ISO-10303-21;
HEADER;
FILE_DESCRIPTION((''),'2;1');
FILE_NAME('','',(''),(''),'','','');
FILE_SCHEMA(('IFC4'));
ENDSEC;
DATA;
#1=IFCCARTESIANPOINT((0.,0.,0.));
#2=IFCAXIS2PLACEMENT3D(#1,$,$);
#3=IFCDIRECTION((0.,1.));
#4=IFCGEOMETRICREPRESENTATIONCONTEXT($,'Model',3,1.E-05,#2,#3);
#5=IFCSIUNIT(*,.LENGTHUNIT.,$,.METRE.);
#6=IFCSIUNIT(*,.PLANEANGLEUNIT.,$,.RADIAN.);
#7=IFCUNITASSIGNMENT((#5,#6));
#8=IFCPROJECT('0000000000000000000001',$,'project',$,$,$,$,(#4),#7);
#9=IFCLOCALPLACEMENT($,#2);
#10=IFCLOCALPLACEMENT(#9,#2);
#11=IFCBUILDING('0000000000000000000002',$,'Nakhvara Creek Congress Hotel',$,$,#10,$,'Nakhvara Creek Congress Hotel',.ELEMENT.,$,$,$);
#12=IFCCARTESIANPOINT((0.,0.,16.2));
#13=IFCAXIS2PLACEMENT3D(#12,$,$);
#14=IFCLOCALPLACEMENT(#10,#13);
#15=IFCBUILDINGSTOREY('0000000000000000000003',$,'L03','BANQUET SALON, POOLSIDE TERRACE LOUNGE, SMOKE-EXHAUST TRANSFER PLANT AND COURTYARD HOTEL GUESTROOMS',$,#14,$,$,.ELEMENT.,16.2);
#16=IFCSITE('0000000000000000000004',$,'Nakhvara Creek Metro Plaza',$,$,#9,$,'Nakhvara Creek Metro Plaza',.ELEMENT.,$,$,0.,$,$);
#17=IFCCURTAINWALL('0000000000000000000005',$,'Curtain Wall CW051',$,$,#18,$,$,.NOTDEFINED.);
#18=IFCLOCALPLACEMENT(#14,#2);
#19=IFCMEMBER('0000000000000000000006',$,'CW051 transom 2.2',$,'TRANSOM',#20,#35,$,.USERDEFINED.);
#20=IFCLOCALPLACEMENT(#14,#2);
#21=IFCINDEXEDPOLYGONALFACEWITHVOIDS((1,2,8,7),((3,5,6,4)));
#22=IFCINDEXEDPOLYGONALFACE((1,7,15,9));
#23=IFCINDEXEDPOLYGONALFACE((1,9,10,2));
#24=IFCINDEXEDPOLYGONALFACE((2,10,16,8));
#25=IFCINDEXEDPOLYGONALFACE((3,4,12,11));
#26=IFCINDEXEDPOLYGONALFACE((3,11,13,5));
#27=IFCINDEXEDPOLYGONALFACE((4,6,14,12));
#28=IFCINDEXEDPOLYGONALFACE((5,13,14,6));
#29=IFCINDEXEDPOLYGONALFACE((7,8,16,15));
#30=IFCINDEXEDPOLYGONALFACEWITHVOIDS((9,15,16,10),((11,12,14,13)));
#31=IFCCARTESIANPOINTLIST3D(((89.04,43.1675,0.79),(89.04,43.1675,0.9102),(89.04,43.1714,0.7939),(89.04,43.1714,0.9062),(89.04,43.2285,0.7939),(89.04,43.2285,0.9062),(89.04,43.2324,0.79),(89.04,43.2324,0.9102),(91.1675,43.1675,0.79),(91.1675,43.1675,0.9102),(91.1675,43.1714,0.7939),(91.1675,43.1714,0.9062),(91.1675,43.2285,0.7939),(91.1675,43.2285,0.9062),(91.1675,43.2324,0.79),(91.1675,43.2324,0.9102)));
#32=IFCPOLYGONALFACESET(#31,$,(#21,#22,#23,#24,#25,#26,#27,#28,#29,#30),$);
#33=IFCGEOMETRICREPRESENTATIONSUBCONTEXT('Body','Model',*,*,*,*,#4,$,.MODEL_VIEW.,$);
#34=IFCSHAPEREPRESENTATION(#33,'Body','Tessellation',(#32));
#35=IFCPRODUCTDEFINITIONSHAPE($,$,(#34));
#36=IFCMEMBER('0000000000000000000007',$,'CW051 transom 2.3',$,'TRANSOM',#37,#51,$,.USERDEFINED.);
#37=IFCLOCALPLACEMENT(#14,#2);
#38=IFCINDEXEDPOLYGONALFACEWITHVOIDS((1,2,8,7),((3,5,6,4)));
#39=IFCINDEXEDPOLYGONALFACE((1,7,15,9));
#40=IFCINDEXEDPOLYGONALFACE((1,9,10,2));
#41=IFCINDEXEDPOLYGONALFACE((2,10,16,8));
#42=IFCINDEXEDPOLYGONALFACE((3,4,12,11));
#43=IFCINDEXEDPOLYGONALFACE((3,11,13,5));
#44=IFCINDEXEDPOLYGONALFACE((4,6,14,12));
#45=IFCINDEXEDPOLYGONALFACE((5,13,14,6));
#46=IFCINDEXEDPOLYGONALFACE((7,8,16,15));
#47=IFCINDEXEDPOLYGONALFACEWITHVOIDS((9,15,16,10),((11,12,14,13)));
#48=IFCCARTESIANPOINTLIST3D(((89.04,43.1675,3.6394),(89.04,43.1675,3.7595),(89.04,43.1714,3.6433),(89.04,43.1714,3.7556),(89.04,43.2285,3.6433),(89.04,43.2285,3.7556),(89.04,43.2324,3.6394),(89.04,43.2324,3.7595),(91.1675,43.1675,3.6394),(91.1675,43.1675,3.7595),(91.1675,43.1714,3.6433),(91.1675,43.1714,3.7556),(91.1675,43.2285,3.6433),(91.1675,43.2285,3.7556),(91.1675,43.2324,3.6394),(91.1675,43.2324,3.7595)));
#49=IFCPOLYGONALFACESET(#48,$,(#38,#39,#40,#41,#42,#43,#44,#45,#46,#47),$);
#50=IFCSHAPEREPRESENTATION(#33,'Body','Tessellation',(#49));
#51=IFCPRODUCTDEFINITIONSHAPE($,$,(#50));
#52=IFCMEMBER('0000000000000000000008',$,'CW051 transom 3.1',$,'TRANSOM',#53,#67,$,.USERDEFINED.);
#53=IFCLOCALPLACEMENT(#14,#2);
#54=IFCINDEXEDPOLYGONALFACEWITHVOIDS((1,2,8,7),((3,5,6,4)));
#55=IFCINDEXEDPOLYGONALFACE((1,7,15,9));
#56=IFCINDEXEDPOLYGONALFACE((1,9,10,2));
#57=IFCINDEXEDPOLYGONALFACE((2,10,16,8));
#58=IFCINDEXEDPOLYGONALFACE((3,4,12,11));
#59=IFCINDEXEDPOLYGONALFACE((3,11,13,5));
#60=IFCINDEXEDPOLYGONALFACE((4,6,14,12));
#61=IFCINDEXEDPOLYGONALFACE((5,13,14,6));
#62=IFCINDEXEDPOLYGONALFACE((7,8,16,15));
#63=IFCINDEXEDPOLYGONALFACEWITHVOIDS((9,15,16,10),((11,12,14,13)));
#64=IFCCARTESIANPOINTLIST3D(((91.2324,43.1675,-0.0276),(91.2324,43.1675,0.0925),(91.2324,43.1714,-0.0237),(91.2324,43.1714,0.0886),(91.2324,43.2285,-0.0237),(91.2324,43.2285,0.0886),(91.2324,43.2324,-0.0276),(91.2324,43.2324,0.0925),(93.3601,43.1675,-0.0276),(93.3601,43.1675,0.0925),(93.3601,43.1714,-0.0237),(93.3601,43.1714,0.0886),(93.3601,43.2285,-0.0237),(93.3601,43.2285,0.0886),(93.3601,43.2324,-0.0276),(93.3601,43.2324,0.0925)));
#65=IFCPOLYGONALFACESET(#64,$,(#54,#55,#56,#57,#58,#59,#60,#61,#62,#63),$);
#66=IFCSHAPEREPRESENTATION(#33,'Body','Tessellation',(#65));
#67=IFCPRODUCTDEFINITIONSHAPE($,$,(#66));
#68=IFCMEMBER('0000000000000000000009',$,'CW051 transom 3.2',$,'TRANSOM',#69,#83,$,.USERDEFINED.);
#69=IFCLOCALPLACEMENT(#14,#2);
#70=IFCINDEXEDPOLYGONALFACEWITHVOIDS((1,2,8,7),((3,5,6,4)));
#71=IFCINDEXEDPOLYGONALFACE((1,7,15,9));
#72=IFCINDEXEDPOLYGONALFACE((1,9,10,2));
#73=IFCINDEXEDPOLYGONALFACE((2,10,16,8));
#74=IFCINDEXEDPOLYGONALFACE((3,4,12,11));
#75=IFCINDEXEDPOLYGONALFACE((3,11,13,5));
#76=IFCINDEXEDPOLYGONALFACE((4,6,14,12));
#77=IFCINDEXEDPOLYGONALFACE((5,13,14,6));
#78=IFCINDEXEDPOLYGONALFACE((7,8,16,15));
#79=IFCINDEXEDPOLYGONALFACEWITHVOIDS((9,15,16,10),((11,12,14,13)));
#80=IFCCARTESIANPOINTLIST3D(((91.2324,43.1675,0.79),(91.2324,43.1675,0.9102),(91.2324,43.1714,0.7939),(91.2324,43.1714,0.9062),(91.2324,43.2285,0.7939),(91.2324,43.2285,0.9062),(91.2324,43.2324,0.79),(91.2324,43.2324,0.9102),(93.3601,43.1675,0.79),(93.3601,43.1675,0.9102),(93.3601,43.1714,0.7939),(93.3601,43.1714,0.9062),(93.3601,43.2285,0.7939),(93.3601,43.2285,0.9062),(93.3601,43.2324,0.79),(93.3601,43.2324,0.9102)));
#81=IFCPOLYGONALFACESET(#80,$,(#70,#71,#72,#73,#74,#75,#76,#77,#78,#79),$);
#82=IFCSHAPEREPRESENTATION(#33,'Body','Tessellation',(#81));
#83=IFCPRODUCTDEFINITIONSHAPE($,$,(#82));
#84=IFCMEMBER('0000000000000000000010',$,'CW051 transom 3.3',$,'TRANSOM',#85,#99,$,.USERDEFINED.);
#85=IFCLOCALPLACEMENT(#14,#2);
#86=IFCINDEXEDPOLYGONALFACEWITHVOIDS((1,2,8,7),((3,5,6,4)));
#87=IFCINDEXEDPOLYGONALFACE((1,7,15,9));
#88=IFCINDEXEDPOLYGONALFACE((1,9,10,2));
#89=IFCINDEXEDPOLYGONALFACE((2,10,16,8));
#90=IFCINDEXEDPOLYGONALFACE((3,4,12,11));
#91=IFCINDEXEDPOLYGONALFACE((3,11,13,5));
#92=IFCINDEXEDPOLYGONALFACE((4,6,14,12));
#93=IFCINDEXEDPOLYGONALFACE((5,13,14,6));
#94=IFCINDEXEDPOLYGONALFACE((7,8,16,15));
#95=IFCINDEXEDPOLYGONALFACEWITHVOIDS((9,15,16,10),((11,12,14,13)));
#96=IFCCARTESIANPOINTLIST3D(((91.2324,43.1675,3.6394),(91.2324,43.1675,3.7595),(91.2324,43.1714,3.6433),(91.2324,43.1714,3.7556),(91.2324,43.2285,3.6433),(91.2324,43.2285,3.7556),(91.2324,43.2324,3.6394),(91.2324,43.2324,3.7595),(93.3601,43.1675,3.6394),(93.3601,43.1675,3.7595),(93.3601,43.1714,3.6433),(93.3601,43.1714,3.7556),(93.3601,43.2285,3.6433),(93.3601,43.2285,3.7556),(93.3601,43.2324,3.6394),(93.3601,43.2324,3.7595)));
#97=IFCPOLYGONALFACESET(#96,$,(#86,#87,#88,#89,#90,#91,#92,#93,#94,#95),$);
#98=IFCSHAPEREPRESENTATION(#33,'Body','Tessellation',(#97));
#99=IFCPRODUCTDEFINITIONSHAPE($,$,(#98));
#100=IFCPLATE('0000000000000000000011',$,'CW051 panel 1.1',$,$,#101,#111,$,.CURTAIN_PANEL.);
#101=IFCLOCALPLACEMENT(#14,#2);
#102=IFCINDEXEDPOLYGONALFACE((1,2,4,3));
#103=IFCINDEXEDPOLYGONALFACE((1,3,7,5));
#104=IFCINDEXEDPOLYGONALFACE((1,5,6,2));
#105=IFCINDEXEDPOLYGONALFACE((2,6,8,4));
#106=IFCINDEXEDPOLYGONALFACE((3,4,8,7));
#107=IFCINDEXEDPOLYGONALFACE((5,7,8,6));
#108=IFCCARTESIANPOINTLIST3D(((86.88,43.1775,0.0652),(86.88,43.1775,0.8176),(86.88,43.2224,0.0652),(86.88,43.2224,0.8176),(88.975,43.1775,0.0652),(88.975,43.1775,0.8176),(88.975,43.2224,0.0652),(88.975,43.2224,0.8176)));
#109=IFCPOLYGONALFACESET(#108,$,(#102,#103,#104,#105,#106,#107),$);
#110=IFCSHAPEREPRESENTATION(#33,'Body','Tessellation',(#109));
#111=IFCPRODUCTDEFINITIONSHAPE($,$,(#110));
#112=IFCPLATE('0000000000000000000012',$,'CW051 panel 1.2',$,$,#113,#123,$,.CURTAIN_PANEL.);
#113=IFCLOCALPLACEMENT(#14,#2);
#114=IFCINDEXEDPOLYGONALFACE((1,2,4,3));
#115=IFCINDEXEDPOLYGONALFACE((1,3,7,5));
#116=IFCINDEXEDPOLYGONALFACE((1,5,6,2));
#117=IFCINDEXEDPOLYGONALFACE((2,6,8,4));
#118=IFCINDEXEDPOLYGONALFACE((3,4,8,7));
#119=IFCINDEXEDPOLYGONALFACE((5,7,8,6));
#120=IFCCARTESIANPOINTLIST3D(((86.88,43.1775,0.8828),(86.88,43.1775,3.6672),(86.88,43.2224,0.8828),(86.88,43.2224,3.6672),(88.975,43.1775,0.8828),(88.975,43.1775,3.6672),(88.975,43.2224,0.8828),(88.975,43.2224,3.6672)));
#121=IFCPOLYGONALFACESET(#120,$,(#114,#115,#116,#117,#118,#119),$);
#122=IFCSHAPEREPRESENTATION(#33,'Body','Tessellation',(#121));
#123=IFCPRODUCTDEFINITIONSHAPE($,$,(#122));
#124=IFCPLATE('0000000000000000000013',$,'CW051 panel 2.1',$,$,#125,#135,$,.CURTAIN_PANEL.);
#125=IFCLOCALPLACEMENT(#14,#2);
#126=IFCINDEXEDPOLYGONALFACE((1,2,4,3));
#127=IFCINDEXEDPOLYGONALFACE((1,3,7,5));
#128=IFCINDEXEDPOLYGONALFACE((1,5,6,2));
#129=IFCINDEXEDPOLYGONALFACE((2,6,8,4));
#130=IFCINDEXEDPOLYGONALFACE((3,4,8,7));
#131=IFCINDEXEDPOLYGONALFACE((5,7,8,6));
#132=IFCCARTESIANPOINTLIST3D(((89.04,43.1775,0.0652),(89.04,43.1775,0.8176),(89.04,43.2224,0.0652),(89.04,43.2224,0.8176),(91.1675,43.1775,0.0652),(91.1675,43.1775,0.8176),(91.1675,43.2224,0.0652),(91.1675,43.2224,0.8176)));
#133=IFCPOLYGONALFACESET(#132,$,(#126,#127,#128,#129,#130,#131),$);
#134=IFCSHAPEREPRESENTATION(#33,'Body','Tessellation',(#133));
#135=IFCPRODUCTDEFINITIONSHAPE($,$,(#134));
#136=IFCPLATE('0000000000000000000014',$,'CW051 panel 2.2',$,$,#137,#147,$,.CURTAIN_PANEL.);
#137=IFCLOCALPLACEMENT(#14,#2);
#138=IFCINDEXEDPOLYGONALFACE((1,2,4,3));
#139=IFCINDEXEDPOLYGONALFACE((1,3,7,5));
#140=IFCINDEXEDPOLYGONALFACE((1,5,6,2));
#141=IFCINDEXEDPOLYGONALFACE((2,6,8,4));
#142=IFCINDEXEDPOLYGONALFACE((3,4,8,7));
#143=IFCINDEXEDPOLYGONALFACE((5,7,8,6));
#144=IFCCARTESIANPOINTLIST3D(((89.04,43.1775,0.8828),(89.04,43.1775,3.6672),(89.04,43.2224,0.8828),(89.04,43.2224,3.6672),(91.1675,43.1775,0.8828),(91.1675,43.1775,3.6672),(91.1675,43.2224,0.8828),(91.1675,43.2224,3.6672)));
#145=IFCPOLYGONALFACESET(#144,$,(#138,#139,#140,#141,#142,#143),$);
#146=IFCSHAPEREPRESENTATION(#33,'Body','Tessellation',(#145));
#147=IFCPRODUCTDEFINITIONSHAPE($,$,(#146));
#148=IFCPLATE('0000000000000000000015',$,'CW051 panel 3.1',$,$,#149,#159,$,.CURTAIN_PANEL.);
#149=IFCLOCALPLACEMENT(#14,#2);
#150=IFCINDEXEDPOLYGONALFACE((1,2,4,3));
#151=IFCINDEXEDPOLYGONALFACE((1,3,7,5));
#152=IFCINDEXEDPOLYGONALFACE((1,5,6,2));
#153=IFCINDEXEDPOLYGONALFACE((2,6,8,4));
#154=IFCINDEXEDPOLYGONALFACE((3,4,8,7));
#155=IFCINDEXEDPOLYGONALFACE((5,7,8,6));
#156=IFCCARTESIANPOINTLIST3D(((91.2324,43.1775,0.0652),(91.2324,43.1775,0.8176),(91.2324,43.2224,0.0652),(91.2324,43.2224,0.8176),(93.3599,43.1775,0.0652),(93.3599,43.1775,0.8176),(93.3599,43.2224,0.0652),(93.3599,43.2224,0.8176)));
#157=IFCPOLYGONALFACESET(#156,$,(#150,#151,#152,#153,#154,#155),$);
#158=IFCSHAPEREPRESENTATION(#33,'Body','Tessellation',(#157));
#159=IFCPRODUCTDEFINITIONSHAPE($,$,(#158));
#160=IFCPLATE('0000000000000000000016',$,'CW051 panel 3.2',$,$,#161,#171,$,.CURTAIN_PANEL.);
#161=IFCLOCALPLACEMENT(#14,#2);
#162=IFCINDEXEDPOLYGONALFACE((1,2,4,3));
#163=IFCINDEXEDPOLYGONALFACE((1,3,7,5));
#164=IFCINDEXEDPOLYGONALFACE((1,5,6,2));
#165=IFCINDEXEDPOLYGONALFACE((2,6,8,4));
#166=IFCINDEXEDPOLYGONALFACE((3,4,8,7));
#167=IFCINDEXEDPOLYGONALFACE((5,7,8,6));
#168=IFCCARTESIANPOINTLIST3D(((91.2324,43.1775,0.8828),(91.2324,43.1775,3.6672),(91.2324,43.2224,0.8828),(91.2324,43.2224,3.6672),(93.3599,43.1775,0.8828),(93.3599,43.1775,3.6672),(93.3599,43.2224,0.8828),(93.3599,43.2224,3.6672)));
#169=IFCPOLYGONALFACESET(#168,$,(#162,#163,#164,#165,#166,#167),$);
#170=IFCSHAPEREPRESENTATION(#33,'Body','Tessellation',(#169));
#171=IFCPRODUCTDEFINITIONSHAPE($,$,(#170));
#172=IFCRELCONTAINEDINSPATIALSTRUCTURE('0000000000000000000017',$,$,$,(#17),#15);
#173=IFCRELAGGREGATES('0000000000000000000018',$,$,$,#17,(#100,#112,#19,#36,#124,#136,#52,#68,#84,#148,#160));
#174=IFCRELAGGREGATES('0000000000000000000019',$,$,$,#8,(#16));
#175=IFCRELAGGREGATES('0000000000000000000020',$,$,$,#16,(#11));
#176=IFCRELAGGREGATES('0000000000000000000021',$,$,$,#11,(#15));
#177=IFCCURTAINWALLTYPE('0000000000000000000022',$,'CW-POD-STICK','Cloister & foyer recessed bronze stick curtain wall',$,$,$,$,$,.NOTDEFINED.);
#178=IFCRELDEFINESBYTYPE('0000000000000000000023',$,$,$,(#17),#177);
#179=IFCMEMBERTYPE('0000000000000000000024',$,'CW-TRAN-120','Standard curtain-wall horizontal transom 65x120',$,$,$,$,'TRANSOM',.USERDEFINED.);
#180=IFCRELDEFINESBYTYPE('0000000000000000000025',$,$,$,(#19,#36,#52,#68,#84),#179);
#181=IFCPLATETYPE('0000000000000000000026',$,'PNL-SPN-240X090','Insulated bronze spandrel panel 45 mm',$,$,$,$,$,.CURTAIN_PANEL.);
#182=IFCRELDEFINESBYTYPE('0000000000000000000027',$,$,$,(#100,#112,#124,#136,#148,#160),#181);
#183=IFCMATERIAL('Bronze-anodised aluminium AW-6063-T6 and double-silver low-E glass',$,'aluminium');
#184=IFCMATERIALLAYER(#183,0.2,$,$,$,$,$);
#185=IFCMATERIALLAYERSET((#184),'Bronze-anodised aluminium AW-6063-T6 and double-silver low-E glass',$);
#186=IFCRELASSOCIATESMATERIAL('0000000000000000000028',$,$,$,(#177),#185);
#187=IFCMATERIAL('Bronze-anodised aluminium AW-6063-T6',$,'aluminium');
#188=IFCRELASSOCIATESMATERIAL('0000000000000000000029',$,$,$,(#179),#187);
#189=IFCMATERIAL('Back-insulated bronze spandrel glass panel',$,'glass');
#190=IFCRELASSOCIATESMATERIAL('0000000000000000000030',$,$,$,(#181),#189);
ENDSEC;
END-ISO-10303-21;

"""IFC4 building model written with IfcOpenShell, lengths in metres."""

from ifc_helpers import new_model, si_unit, direction, frame, origin, origin_2d, place, context, subcontext, project, spatial, rectangle, hollow_rectangle, extrude, material, layer, layer_set, material_profile, profile_set, type_object, element, aggregate, save


model = new_model("IFC4")

# Units and contexts
model_context = context("Model", 3, precision=1e-05, world=origin(), true_north=direction((0.0, 1.0)))
body_context = subcontext(model_context, "Body", "Model", "MODEL_VIEW")
ifc_project = project(units=[si_unit("LENGTHUNIT", "METRE"), si_unit("PLANEANGLEUNIT", "RADIAN")], contexts=[model_context])

# Site, building, storey
site_placement = place(None, origin())
site = spatial("IfcSite", under=ifc_project, at=site_placement, Name="Nakhvara Creek Metro Plaza", LongName="Nakhvara Creek Metro Plaza", CompositionType="ELEMENT", RefElevation=0.0)
building_placement = place(site_placement, origin())
building = spatial("IfcBuilding", under=site, at=building_placement, Name="Nakhvara Creek Congress Hotel", LongName="Nakhvara Creek Congress Hotel", CompositionType="ELEMENT")
storey_placement = place(building_placement, frame((0.0, 0.0, 16.2)))
storey = spatial("IfcBuildingStorey", under=building, at=storey_placement, Name="L03", Description="BANQUET SALON, POOLSIDE TERRACE LOUNGE, SMOKE-EXHAUST TRANSFER PLANT AND COURTYARD HOTEL GUESTROOMS", CompositionType="ELEMENT", Elevation=16.2)

# Curtain wall, members, plates
ifc_material_1 = material(Name="Bronze-anodised aluminium AW-6063-T6 and double-silver low-E glass", Category="aluminium")
ifc_layer = layer(ifc_material_1, 0.2)
ifc_layer_set = layer_set([ifc_layer], Name="Bronze-anodised aluminium AW-6063-T6 and double-silver low-E glass")
curtain_wall_type = type_object("IfcCurtainWallType", Name="CW-POD-STICK", Description="Cloister & foyer recessed bronze stick curtain wall", PredefinedType="NOTDEFINED", material=ifc_layer_set)
curtain_wall_placement = place(storey_placement, origin())
curtain_wall = element("IfcCurtainWall", 1, at=curtain_wall_placement, inside=storey, type_object=curtain_wall_type, Name="Curtain Wall CW051", PredefinedType="NOTDEFINED")
ifc_material_2 = material(Name="Bronze-anodised aluminium AW-6063-T6", Category="aluminium")
ifc_material_profile_1 = material_profile(ifc_material_2, hollow_rectangle(XDim=0.0649, YDim=0.1201, WallThickness=0.0039, at=origin_2d()), Name="ALU-TRAN 65x120x4", Category="LoadBearing")
ifc_profile_set_1 = profile_set([ifc_material_profile_1], Name="Bronze-anodised aluminium AW-6063-T6")
member_type_1 = type_object("IfcMemberType", Name="CW-TRAN-120", Description="Standard curtain-wall horizontal transom 65x120", ElementType="TRANSOM", PredefinedType="USERDEFINED", material=ifc_profile_set_1)
member_1_placement = place(storey_placement, frame((89.04, 43.2, 0.8501), z_axis=(1.0, 0.0, 0.0), x_axis=(0.0, 1.0, 0.0)))
member_1 = element("IfcMember", 2, at=member_1_placement, type_object=member_type_1, Name="CW051 transom 2.2", ObjectType="TRANSOM", PredefinedType="USERDEFINED", context=body_context, shape_type="SweptSolid", body=[
    extrude(hollow_rectangle(XDim=0.0649, YDim=0.1201, WallThickness=0.0039, at=origin_2d()), origin(), (0.0, 0.0, 1.0), 2.1274),
])
member_2_placement = place(storey_placement, frame((89.04, 43.2, 3.6995), z_axis=(1.0, 0.0, 0.0), x_axis=(0.0, 1.0, 0.0)))
member_2 = element("IfcMember", 3, at=member_2_placement, type_object=member_type_1, Name="CW051 transom 2.3", ObjectType="TRANSOM", PredefinedType="USERDEFINED", context=body_context, shape_type="SweptSolid", body=[
    extrude(hollow_rectangle(XDim=0.0649, YDim=0.1201, WallThickness=0.0039, at=origin_2d()), origin(), (0.0, 0.0, 1.0), 2.1274),
])
member_3_placement = place(storey_placement, frame((91.2324, 43.2, 0.0325), z_axis=(1.0, 0.0, 0.0), x_axis=(0.0, 1.0, 0.0)))
member_3 = element("IfcMember", 4, at=member_3_placement, type_object=member_type_1, Name="CW051 transom 3.1", ObjectType="TRANSOM", PredefinedType="USERDEFINED", context=body_context, shape_type="SweptSolid", body=[
    extrude(hollow_rectangle(XDim=0.0649, YDim=0.1201, WallThickness=0.0039, at=origin_2d()), origin(), (0.0, 0.0, 1.0), 2.1277),
])
member_4_placement = place(storey_placement, frame((91.2324, 43.2, 0.8501), z_axis=(1.0, 0.0, 0.0), x_axis=(0.0, 1.0, 0.0)))
member_4 = element("IfcMember", 5, at=member_4_placement, type_object=member_type_1, Name="CW051 transom 3.2", ObjectType="TRANSOM", PredefinedType="USERDEFINED", context=body_context, shape_type="SweptSolid", body=[
    extrude(hollow_rectangle(XDim=0.0649, YDim=0.1201, WallThickness=0.0039, at=origin_2d()), origin(), (0.0, 0.0, 1.0), 2.1277),
])
member_5_placement = place(storey_placement, frame((91.2324, 43.2, 3.6995), z_axis=(1.0, 0.0, 0.0), x_axis=(0.0, 1.0, 0.0)))
member_5 = element("IfcMember", 6, at=member_5_placement, type_object=member_type_1, Name="CW051 transom 3.3", ObjectType="TRANSOM", PredefinedType="USERDEFINED", context=body_context, shape_type="SweptSolid", body=[
    extrude(hollow_rectangle(XDim=0.0649, YDim=0.1201, WallThickness=0.0039, at=origin_2d()), origin(), (0.0, 0.0, 1.0), 2.1277),
])
ifc_material_3 = material(Name="Back-insulated bronze spandrel glass panel", Category="glass")
plate_type = type_object("IfcPlateType", Name="PNL-SPN-240X090", Description="Insulated bronze spandrel panel 45 mm", PredefinedType="CURTAIN_PANEL", material=ifc_material_3)
plate_1_placement = place(storey_placement, frame((87.9275, 43.2, 0.0652), z_axis=(0.0, 0.0, 1.0), x_axis=(1.0, 0.0, 0.0)))
plate_1 = element("IfcPlate", 7, at=plate_1_placement, type_object=plate_type, Name="CW051 panel 1.1", PredefinedType="CURTAIN_PANEL", context=body_context, shape_type="SweptSolid", body=[
    extrude(rectangle(XDim=2.095, YDim=0.0449, at=origin_2d()), origin(), (0.0, 0.0, 1.0), 0.7524),
])
plate_2_placement = place(storey_placement, frame((87.9275, 43.2, 0.8828), z_axis=(0.0, 0.0, 1.0), x_axis=(1.0, 0.0, 0.0)))
plate_2 = element("IfcPlate", 8, at=plate_2_placement, type_object=plate_type, Name="CW051 panel 1.2", PredefinedType="CURTAIN_PANEL", context=body_context, shape_type="SweptSolid", body=[
    extrude(rectangle(XDim=2.095, YDim=0.0449, at=origin_2d()), origin(), (0.0, 0.0, 1.0), 2.7844),
])
plate_3_placement = place(storey_placement, frame((90.1038, 43.2, 0.0652), z_axis=(0.0, 0.0, 1.0), x_axis=(1.0, 0.0, 0.0)))
plate_3 = element("IfcPlate", 9, at=plate_3_placement, type_object=plate_type, Name="CW051 panel 2.1", PredefinedType="CURTAIN_PANEL", context=body_context, shape_type="SweptSolid", body=[
    extrude(rectangle(XDim=2.1274, YDim=0.0449, at=origin_2d()), origin(), (0.0, 0.0, 1.0), 0.7524),
])
plate_4_placement = place(storey_placement, frame((90.1038, 43.2, 0.8828), z_axis=(0.0, 0.0, 1.0), x_axis=(1.0, 0.0, 0.0)))
plate_4 = element("IfcPlate", 10, at=plate_4_placement, type_object=plate_type, Name="CW051 panel 2.2", PredefinedType="CURTAIN_PANEL", context=body_context, shape_type="SweptSolid", body=[
    extrude(rectangle(XDim=2.1274, YDim=0.0449, at=origin_2d()), origin(), (0.0, 0.0, 1.0), 2.7844),
])
plate_5_placement = place(storey_placement, frame((92.2961, 43.2, 0.0652), z_axis=(0.0, 0.0, 1.0), x_axis=(1.0, 0.0, 0.0)))
plate_5 = element("IfcPlate", 11, at=plate_5_placement, type_object=plate_type, Name="CW051 panel 3.1", PredefinedType="CURTAIN_PANEL", context=body_context, shape_type="SweptSolid", body=[
    extrude(rectangle(XDim=2.1274, YDim=0.0449, at=origin_2d()), origin(), (0.0, 0.0, 1.0), 0.7524),
])
plate_6_placement = place(storey_placement, frame((92.2961, 43.2, 0.8828), z_axis=(0.0, 0.0, 1.0), x_axis=(1.0, 0.0, 0.0)))
plate_6 = element("IfcPlate", 12, at=plate_6_placement, type_object=plate_type, Name="CW051 panel 3.2", PredefinedType="CURTAIN_PANEL", context=body_context, shape_type="SweptSolid", body=[
    extrude(rectangle(XDim=2.1274, YDim=0.0449, at=origin_2d()), origin(), (0.0, 0.0, 1.0), 2.7844),
])
aggregate(curtain_wall, [plate_1, plate_2, member_1, member_2, plate_3, plate_4, member_3, member_4, member_5, plate_5, plate_6])

save(model, "model.ifc")
